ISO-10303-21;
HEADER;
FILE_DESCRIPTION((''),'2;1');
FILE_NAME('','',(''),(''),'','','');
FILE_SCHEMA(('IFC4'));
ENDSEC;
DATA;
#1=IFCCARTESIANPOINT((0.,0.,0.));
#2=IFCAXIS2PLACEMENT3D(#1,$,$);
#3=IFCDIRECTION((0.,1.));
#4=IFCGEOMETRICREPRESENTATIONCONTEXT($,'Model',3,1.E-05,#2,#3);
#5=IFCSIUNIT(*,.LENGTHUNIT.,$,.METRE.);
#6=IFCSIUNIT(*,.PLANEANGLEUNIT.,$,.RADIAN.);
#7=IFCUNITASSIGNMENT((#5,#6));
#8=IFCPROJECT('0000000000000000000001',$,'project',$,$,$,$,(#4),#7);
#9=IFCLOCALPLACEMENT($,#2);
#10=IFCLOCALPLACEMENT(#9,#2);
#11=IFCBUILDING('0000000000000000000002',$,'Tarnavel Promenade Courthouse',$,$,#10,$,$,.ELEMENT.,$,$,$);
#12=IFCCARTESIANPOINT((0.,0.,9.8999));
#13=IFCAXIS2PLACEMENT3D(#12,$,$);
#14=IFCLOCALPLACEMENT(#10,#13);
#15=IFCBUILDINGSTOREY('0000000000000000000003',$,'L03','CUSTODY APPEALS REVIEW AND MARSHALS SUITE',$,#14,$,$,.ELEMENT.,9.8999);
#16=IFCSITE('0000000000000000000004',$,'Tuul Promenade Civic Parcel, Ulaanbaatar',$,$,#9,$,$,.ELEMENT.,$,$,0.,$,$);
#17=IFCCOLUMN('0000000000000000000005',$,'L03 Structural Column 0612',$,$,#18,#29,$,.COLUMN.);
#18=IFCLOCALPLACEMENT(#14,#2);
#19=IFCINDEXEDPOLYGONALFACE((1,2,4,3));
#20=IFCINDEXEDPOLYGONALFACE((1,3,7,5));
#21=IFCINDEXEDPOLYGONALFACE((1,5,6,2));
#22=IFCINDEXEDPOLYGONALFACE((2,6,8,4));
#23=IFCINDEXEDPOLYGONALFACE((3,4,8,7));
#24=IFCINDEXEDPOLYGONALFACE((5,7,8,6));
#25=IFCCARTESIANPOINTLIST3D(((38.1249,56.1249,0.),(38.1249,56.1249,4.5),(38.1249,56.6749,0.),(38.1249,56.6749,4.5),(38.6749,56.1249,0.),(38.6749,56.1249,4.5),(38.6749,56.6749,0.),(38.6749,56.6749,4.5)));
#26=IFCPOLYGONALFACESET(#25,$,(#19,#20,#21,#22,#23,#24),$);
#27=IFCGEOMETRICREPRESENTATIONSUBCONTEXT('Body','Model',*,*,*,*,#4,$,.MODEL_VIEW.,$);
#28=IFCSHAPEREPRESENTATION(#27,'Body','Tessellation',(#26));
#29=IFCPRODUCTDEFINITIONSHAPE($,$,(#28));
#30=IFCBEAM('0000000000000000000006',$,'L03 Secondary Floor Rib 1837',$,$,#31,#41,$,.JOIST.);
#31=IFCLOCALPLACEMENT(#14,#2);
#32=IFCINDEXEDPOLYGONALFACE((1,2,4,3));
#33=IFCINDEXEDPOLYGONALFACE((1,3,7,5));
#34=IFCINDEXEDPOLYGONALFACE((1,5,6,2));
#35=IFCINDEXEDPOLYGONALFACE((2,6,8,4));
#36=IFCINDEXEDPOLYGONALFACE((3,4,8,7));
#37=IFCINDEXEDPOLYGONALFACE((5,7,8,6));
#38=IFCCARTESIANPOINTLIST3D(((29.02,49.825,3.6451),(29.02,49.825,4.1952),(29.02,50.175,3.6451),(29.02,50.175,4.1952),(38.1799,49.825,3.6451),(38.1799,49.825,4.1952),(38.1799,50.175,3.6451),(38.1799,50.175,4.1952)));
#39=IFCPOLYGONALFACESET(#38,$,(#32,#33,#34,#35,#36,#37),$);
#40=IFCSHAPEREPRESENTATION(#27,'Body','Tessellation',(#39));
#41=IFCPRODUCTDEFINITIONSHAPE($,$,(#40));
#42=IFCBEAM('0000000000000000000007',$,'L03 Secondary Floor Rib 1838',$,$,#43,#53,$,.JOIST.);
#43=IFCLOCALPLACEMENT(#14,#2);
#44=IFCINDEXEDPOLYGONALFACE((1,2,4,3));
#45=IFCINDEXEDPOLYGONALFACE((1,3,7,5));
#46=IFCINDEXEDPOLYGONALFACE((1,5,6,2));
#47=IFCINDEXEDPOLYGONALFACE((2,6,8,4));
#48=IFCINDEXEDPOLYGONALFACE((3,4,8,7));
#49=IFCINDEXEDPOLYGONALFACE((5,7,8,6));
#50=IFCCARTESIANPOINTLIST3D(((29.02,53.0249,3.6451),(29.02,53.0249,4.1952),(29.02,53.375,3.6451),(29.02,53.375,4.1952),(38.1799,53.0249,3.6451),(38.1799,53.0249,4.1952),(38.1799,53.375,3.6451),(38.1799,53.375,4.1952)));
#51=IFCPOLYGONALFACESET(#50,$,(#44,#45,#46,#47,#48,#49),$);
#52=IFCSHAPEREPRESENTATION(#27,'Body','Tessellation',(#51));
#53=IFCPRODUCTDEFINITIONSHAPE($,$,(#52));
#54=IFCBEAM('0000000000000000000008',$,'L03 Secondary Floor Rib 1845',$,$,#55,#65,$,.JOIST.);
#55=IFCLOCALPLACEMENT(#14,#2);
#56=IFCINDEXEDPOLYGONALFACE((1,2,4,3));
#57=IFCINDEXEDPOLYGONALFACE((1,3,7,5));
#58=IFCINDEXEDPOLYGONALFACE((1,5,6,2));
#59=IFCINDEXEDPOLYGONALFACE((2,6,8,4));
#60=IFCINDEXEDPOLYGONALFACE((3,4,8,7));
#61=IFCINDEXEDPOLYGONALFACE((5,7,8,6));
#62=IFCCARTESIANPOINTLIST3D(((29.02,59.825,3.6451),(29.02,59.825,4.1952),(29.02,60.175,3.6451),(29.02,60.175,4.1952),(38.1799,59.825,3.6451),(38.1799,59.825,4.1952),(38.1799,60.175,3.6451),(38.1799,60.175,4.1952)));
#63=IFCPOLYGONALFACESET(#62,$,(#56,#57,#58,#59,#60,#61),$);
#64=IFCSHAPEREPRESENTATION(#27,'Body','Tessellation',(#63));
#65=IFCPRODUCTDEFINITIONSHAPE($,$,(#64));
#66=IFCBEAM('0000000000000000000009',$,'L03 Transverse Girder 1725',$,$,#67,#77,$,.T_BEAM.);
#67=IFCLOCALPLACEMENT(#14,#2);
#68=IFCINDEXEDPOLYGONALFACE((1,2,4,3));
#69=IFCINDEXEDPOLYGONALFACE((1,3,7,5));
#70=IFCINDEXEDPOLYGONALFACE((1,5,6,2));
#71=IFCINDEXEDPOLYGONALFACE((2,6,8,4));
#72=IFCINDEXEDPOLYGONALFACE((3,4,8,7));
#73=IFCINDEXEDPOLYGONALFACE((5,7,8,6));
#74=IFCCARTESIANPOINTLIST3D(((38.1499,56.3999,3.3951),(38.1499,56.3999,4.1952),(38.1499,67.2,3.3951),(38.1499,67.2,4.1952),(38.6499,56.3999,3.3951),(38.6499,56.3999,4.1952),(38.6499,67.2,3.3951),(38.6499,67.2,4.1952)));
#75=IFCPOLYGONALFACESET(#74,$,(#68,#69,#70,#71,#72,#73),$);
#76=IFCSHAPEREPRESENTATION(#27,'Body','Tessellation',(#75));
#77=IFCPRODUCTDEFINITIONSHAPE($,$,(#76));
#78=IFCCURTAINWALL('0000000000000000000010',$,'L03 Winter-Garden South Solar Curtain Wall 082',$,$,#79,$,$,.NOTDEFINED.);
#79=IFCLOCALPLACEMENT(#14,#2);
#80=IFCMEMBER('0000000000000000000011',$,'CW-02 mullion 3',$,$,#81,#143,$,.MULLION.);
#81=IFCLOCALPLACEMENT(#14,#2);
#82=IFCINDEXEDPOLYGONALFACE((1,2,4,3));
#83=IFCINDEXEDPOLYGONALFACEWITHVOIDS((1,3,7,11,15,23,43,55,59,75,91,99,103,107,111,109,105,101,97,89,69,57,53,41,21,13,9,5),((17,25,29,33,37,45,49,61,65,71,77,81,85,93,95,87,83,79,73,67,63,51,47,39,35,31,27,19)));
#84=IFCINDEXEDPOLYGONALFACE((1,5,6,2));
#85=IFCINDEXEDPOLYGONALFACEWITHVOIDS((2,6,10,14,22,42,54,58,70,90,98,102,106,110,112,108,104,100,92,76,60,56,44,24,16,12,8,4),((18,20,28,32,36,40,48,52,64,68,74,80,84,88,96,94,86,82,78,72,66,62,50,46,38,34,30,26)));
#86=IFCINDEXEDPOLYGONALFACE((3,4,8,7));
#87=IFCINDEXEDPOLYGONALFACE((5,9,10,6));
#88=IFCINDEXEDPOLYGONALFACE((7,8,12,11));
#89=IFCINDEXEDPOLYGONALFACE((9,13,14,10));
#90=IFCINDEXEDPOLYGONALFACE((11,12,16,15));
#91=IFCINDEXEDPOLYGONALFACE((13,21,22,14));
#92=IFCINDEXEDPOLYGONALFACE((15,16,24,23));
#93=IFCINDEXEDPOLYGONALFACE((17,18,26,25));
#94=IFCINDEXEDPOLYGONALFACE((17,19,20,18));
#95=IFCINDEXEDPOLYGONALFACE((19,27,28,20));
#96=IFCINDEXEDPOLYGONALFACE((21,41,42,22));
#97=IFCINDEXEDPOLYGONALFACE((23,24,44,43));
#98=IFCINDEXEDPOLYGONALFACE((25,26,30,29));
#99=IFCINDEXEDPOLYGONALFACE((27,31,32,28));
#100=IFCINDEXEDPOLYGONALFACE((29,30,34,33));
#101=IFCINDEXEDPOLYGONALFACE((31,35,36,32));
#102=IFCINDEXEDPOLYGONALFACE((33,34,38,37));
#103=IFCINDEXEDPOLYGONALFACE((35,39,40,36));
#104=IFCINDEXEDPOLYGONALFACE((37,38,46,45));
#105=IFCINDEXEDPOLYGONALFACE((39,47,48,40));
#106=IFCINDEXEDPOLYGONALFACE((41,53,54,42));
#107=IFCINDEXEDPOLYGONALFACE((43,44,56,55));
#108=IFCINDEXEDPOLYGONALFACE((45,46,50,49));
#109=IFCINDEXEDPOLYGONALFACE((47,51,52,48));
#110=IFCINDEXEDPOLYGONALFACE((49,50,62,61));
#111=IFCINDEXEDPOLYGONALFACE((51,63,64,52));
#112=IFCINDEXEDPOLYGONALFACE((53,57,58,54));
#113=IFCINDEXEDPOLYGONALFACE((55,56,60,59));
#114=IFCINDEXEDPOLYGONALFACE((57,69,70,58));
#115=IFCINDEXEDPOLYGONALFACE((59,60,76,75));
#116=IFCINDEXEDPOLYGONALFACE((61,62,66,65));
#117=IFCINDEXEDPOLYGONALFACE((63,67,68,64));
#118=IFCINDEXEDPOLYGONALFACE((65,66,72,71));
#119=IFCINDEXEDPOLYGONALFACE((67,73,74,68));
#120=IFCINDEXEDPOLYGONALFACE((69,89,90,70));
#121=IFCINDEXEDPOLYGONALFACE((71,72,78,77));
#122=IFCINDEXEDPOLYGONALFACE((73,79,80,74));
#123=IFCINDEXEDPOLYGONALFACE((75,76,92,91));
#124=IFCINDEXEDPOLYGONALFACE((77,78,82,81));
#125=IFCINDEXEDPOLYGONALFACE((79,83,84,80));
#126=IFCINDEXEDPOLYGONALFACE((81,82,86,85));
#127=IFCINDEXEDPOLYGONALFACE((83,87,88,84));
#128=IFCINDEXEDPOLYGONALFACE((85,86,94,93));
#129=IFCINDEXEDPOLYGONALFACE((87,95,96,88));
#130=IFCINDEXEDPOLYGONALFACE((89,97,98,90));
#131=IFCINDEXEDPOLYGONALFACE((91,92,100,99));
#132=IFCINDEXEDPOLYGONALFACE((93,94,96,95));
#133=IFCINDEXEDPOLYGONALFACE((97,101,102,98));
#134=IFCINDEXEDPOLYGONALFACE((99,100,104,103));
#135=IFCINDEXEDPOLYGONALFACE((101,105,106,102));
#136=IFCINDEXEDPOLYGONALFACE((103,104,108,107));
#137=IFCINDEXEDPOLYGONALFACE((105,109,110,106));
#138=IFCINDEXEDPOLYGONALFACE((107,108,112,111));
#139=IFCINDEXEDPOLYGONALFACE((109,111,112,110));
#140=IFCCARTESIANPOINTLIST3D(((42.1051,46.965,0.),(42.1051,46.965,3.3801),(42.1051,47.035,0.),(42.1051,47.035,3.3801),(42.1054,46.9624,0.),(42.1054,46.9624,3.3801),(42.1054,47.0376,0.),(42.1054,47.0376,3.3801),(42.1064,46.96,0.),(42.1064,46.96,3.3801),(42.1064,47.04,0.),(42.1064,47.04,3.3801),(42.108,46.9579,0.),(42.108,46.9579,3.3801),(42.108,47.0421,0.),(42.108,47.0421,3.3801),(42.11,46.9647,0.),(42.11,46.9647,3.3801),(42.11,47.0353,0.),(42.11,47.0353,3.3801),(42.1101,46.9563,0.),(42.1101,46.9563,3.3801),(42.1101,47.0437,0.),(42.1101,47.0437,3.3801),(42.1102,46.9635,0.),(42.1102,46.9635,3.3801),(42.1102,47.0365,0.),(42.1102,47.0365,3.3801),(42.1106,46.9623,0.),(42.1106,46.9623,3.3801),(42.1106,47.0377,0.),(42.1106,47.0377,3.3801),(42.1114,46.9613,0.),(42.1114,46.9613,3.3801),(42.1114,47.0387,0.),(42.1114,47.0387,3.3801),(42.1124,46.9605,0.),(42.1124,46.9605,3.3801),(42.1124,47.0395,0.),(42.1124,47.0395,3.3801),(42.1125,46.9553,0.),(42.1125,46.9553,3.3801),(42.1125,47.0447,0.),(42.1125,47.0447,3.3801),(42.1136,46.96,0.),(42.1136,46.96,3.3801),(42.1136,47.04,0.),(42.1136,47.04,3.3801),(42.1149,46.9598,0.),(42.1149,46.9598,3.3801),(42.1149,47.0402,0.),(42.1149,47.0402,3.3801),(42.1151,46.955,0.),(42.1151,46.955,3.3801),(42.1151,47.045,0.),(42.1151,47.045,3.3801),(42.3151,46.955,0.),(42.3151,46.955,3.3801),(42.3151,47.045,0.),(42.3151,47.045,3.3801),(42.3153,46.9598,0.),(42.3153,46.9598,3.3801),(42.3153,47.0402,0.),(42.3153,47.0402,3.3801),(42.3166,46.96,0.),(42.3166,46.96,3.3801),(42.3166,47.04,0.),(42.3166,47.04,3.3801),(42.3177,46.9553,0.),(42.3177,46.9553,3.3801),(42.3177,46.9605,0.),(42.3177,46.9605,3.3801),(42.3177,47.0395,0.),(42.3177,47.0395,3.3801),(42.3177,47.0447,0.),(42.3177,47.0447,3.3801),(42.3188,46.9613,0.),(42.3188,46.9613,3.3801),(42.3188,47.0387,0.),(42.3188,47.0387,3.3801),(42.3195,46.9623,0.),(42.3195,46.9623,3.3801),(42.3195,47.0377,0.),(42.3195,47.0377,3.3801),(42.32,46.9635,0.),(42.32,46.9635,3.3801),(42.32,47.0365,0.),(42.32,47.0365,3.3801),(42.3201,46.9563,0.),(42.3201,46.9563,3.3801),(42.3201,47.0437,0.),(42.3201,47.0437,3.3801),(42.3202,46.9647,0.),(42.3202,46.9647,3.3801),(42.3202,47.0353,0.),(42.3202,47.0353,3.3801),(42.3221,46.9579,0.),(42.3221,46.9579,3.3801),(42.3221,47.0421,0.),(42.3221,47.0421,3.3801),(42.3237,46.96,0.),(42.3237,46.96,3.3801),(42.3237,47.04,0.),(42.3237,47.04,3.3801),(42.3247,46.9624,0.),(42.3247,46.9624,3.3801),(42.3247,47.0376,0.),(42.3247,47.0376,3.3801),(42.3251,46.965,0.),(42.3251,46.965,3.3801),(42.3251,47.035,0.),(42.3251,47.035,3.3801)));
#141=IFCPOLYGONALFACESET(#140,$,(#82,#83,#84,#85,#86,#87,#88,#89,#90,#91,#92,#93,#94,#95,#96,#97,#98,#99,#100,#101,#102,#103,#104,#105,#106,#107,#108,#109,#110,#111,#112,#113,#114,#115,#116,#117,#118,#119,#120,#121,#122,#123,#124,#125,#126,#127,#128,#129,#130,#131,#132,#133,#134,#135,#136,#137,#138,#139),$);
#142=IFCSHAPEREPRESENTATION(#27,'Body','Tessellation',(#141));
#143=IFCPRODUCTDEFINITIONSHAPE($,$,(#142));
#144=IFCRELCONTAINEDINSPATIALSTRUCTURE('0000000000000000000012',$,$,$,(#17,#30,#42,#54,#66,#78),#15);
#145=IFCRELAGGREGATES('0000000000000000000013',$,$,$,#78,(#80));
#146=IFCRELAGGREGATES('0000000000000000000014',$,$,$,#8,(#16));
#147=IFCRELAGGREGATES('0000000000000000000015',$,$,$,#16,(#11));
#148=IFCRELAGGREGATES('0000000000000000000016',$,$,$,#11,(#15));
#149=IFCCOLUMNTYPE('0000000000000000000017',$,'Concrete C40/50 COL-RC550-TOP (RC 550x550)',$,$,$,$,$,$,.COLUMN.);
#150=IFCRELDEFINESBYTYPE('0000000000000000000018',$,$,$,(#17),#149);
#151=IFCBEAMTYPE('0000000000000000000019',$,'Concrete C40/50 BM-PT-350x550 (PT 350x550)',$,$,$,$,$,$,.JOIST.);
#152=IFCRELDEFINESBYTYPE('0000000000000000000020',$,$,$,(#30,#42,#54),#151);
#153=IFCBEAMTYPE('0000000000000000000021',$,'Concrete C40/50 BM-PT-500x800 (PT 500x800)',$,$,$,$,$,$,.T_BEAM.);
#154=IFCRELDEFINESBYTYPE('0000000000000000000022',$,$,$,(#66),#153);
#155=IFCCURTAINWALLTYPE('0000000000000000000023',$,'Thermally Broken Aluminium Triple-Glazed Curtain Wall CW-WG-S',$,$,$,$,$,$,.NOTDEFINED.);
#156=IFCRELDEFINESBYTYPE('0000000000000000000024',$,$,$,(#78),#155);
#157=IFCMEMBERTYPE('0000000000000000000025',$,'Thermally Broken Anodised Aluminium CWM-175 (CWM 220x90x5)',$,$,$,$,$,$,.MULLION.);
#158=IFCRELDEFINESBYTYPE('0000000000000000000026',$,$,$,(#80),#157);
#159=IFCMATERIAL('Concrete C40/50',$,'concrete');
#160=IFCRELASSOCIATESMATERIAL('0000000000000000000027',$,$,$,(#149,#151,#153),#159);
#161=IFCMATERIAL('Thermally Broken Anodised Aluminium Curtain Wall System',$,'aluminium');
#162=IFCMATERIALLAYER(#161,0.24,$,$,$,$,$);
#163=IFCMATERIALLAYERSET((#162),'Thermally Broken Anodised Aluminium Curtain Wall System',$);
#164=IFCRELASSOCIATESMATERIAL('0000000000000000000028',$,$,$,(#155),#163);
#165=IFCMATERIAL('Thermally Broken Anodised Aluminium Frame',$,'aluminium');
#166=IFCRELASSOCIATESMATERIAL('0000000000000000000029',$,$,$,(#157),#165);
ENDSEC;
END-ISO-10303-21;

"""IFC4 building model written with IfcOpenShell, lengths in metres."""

from ifc_helpers import new_model, si_unit, direction, frame, origin, origin_2d, place, context, subcontext, project, spatial, rectangle, hollow_rectangle, extrude, material, layer, layer_set, material_profile, profile_set, type_object, element, aggregate, save


model = new_model("IFC4")

# Units and contexts
model_context = context("Model", 3, precision=1e-05, world=origin(), true_north=direction((0.0, 1.0)))
body_context = subcontext(model_context, "Body", "Model", "MODEL_VIEW")
ifc_project = project(units=[si_unit("LENGTHUNIT", "METRE"), si_unit("PLANEANGLEUNIT", "RADIAN")], contexts=[model_context])

# Site, building, storey
site_placement = place(None, origin())
site = spatial("IfcSite", under=ifc_project, at=site_placement, Name="Tuul Promenade Civic Parcel, Ulaanbaatar", CompositionType="ELEMENT", RefElevation=0.0)
building_placement = place(site_placement, origin())
building = spatial("IfcBuilding", under=site, at=building_placement, Name="Tarnavel Promenade Courthouse", CompositionType="ELEMENT")
storey_placement = place(building_placement, frame((0.0, 0.0, 9.8999)))
storey = spatial("IfcBuildingStorey", under=building, at=storey_placement, Name="L03", Description="CUSTODY APPEALS REVIEW AND MARSHALS SUITE", CompositionType="ELEMENT", Elevation=9.8999)

# Column
ifc_material_1 = material(Name="Concrete C40/50", Category="concrete")
ifc_material_profile_1 = material_profile(ifc_material_1, rectangle(XDim=0.55, YDim=0.55, at=origin_2d()), Name="RC 550x550")
ifc_profile_set_1 = profile_set([ifc_material_profile_1], Name="Concrete C40/50")
column_type = type_object("IfcColumnType", Name="Concrete C40/50 COL-RC550-TOP (RC 550x550)", PredefinedType="COLUMN", material=ifc_profile_set_1)
column_placement = place(storey_placement, frame((38.3999, 56.3999, 0.0), z_axis=(0.0, 0.0, 1.0), x_axis=(1.0, 0.0, 0.0)))
element("IfcColumn", 1, at=column_placement, inside=storey, type_object=column_type, Name="L03 Structural Column 0612", PredefinedType="COLUMN", context=body_context, shape_type="SweptSolid", body=[
    extrude(rectangle(XDim=0.55, YDim=0.55, at=origin_2d()), origin(), (0.0, 0.0, 1.0), 4.5),
])

# Beams
ifc_material_profile_2 = material_profile(ifc_material_1, rectangle(XDim=0.3501, YDim=0.55, at=origin_2d()), Name="PT 350x550")
ifc_profile_set_2 = profile_set([ifc_material_profile_2], Name="Concrete C40/50")
beam_type_1 = type_object("IfcBeamType", Name="Concrete C40/50 BM-PT-350x550 (PT 350x550)", PredefinedType="JOIST", material=ifc_profile_set_2)
for number, where, z_axis, x_axis, name in (
    (2, (29.02, 50.0, 3.9202), (1.0, 0.0, 0.0), (0.0, 1.0, 0.0), "L03 Secondary Floor Rib 1837"),
    (3, (29.02, 53.2, 3.9202), (1.0, 0.0, 0.0), (0.0, 1.0, 0.0), "L03 Secondary Floor Rib 1838"),
    (4, (29.02, 60.0, 3.9202), (1.0, 0.0, 0.0), (0.0, 1.0, 0.0), "L03 Secondary Floor Rib 1845"),
):
    element("IfcBeam", number, at=place(storey_placement, frame(where, z_axis=z_axis, x_axis=x_axis)), inside=storey, type_object=beam_type_1, Name=name, PredefinedType="JOIST", context=body_context, shape_type="SweptSolid", body=[
        extrude(rectangle(XDim=0.3501, YDim=0.55, at=origin_2d()), origin(), (0.0, 0.0, 1.0), 9.1599),
    ])
ifc_material_profile_3 = material_profile(ifc_material_1, rectangle(XDim=0.5, YDim=0.8, at=origin_2d()), Name="PT 500x800")
ifc_profile_set_3 = profile_set([ifc_material_profile_3], Name="Concrete C40/50")
beam_type_2 = type_object("IfcBeamType", Name="Concrete C40/50 BM-PT-500x800 (PT 500x800)", PredefinedType="T_BEAM", material=ifc_profile_set_3)
beam_placement = place(storey_placement, frame((38.3999, 56.3999, 3.7952), z_axis=(0.0, 1.0, 0.0), x_axis=(-1.0, 0.0, 0.0)))
element("IfcBeam", 5, at=beam_placement, inside=storey, type_object=beam_type_2, Name="L03 Transverse Girder 1725", PredefinedType="T_BEAM", context=body_context, shape_type="SweptSolid", body=[
    extrude(rectangle(XDim=0.5, YDim=0.8, at=origin_2d()), origin(), (0.0, 0.0, 1.0), 10.8),
])

# Curtain wall, member
ifc_material_2 = material(Name="Thermally Broken Anodised Aluminium Curtain Wall System", Category="aluminium")
ifc_layer_1 = layer(ifc_material_2, 0.24)
ifc_layer_set_1 = layer_set([ifc_layer_1], Name="Thermally Broken Anodised Aluminium Curtain Wall System")
curtain_wall_type = type_object("IfcCurtainWallType", Name="Thermally Broken Aluminium Triple-Glazed Curtain Wall CW-WG-S", PredefinedType="NOTDEFINED", material=ifc_layer_set_1)
curtain_wall_1_placement = place(storey_placement, origin())
curtain_wall_1 = element("IfcCurtainWall", 6, at=curtain_wall_1_placement, inside=storey, type_object=curtain_wall_type, Name="L03 Winter-Garden South Solar Curtain Wall 082", PredefinedType="NOTDEFINED")
ifc_material_3 = material(Name="Thermally Broken Anodised Aluminium Frame", Category="aluminium")
ifc_material_profile_4 = material_profile(ifc_material_3, hollow_rectangle(XDim=0.0901, YDim=0.22, WallThickness=0.0049, InnerFilletRadius=0.0049, OuterFilletRadius=0.01, at=origin_2d()), Name="CWM 220x90x5")
ifc_profile_set_4 = profile_set([ifc_material_profile_4], Name="Thermally Broken Anodised Aluminium Frame")
member_type_1 = type_object("IfcMemberType", Name="Thermally Broken Anodised Aluminium CWM-175 (CWM 220x90x5)", PredefinedType="MULLION", material=ifc_profile_set_4)
member_1_placement = place(storey_placement, frame((42.2151, 47.0, 0.0), z_axis=(0.0, 0.0, 1.0), x_axis=(0.0, 1.0, 0.0)))
member_1 = element("IfcMember", 7, at=member_1_placement, type_object=member_type_1, Name="CW-02 mullion 3", PredefinedType="MULLION", context=body_context, shape_type="SweptSolid", body=[
    extrude(hollow_rectangle(XDim=0.0901, YDim=0.22, WallThickness=0.0049, InnerFilletRadius=0.0049, OuterFilletRadius=0.01, at=origin_2d()), origin(), (0.0, 0.0, 1.0), 3.3801),
])

aggregate(curtain_wall_1, [member_1])

save(model, "model.ifc")
